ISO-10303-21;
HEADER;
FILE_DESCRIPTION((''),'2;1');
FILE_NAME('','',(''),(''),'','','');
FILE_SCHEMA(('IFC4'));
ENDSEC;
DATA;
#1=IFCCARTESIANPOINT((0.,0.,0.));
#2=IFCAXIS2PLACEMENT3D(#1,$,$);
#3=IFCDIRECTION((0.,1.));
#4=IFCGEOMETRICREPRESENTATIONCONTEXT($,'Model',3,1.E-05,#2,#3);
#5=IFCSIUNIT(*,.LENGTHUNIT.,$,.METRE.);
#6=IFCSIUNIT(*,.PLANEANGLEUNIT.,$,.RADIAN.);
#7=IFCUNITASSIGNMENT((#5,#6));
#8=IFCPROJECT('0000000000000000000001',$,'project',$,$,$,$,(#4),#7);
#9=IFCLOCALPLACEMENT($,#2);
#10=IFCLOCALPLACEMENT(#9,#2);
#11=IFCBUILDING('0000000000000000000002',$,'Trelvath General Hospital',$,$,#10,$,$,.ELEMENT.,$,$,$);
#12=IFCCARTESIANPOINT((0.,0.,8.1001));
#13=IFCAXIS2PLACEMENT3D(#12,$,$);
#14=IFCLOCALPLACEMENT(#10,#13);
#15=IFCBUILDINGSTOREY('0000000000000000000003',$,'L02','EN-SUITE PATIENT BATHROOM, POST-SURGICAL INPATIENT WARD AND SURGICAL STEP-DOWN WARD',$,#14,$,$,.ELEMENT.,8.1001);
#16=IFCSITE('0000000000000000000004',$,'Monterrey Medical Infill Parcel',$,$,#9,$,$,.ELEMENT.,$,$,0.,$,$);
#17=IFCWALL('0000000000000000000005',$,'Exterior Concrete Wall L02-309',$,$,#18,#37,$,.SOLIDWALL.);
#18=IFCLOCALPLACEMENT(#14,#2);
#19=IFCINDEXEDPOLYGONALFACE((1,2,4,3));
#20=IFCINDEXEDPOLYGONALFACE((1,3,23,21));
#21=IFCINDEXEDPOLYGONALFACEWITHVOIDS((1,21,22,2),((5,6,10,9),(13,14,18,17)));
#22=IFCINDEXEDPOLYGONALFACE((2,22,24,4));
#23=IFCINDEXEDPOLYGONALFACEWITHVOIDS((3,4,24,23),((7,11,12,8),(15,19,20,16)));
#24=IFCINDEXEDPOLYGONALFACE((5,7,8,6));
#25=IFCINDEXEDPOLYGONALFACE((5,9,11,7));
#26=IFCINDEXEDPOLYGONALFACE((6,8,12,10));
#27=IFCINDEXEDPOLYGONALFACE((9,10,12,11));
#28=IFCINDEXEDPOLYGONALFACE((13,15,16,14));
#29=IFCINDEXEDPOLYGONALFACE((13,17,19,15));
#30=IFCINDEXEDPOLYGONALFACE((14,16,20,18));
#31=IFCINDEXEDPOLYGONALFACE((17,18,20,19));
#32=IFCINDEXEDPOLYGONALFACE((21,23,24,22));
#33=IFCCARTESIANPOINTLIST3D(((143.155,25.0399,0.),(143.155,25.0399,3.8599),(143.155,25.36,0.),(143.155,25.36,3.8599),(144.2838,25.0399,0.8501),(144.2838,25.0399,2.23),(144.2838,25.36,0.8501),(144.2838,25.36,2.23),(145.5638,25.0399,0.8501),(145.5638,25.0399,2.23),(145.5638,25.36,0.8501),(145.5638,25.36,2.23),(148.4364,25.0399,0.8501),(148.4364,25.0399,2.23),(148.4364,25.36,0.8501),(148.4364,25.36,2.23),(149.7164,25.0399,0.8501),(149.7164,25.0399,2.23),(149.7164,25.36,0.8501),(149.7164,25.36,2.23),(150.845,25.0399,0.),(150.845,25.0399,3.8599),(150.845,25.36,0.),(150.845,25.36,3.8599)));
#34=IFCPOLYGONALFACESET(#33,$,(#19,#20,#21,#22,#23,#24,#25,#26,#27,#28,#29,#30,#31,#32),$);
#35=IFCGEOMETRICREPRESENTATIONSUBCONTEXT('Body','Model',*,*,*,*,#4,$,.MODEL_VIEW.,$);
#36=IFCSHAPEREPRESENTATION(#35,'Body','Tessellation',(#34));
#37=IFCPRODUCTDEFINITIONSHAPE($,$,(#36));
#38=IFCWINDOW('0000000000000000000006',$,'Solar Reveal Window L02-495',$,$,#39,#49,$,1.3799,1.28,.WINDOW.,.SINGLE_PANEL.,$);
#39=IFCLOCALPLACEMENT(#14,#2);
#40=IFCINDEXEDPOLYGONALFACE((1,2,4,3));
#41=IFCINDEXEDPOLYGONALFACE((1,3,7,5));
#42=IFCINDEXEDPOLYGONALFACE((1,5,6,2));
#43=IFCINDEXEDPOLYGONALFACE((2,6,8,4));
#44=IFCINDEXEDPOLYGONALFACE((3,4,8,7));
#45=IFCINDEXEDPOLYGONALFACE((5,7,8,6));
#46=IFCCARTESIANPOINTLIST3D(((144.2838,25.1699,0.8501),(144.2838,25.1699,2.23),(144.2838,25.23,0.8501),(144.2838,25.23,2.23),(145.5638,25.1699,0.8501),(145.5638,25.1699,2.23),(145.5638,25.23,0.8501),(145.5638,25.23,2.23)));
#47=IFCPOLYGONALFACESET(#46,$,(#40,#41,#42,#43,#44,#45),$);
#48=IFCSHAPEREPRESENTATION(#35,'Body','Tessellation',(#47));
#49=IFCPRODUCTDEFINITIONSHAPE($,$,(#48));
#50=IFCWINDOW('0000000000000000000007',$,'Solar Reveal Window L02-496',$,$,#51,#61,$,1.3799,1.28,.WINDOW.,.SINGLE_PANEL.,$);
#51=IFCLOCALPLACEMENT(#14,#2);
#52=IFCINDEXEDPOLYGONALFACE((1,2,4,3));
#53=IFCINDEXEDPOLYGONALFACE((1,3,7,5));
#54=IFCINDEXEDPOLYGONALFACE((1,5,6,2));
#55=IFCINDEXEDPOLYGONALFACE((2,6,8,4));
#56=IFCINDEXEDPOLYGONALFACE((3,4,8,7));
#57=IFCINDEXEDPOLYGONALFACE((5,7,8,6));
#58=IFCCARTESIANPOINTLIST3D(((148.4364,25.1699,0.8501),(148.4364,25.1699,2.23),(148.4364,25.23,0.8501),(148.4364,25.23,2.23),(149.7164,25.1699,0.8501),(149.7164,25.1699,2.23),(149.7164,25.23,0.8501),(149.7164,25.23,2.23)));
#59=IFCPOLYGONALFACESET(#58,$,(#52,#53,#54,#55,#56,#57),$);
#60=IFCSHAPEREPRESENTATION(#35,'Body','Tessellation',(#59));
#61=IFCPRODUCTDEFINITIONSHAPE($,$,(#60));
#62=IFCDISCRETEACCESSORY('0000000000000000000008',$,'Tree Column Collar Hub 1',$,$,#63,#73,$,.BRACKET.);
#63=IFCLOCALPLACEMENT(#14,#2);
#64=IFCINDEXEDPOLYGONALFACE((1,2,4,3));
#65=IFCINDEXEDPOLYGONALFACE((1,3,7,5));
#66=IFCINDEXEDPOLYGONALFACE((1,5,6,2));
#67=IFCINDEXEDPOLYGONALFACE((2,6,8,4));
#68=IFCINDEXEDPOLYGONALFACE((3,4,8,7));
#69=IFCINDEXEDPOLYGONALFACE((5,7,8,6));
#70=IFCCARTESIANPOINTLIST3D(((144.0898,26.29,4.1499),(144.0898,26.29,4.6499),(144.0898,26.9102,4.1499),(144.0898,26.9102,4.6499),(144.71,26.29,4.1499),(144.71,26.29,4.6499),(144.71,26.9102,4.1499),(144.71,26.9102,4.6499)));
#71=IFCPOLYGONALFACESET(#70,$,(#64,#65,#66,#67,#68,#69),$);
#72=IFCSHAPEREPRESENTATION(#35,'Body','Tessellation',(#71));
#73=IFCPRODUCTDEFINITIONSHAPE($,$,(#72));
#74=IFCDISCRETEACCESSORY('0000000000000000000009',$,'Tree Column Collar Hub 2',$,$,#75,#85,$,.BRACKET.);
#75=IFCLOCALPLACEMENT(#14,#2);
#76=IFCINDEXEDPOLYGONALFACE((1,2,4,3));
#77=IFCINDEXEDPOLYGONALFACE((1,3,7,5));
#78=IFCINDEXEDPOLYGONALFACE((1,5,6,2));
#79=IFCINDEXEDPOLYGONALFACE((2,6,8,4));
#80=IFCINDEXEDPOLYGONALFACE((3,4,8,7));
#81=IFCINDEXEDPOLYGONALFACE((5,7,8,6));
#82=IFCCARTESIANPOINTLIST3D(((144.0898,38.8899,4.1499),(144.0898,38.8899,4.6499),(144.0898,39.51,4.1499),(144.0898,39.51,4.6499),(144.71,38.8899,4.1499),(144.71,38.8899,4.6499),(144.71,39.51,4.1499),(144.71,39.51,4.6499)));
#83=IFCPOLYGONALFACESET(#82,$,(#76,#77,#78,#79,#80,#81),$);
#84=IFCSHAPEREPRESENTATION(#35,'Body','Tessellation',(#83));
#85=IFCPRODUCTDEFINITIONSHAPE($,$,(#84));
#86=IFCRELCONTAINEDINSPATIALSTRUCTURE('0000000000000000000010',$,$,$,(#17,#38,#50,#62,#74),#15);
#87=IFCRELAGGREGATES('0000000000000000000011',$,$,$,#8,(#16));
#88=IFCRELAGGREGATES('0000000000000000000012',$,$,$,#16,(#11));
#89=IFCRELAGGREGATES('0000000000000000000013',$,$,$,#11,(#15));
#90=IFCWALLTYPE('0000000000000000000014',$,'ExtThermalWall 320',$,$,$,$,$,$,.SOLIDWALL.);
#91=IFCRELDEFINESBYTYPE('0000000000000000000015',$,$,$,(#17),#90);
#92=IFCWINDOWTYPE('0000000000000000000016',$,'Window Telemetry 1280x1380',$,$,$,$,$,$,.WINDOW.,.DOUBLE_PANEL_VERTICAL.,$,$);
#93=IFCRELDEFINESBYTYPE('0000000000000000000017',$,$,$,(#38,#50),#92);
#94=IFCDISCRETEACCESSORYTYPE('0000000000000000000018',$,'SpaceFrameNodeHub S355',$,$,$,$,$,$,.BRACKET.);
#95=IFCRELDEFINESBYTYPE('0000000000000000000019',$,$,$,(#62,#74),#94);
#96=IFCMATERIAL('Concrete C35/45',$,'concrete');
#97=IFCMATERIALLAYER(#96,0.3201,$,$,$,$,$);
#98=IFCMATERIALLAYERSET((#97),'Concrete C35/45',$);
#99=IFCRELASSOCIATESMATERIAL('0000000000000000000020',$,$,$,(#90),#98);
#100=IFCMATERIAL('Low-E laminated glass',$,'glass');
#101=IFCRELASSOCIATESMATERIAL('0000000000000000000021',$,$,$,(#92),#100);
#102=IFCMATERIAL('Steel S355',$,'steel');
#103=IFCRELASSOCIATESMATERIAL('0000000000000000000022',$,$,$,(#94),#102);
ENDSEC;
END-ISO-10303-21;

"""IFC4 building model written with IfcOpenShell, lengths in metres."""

from ifc_helpers import new_model, si_unit, direction, frame, frame_2d, origin, origin_2d, place, context, subcontext, project, spatial, rectangle, extrude, material, layer, layer_set, type_object, element, fill, save


model = new_model("IFC4")

# Units and contexts
model_context = context("Model", 3, precision=1e-05, world=origin(), true_north=direction((0.0, 1.0)))
body_context = subcontext(model_context, "Body", "Model", "MODEL_VIEW")
ifc_project = project(units=[si_unit("LENGTHUNIT", "METRE"), si_unit("PLANEANGLEUNIT", "RADIAN")], contexts=[model_context])

# Site, building, storey
site_placement = place(None, origin())
site = spatial("IfcSite", under=ifc_project, at=site_placement, Name="Monterrey Medical Infill Parcel", CompositionType="ELEMENT", RefElevation=0.0)
building_placement = place(site_placement, origin())
building = spatial("IfcBuilding", under=site, at=building_placement, Name="Trelvath General Hospital", CompositionType="ELEMENT")
storey_placement = place(building_placement, frame((0.0, 0.0, 8.1001)))
storey = spatial("IfcBuildingStorey", under=building, at=storey_placement, Name="L02", Description="EN-SUITE PATIENT BATHROOM, POST-SURGICAL INPATIENT WARD AND SURGICAL STEP-DOWN WARD", CompositionType="ELEMENT", Elevation=8.1001)

# Wall, openings, windows
ifc_material_1 = material(Name="Concrete C35/45", Category="concrete")
ifc_layer_1 = layer(ifc_material_1, 0.3201)
ifc_layer_set_1 = layer_set([ifc_layer_1], Name="Concrete C35/45")
wall_type = type_object("IfcWallType", Name="ExtThermalWall 320", PredefinedType="SOLIDWALL", material=ifc_layer_set_1)
wall_placement = place(storey_placement, frame((143.155, 25.2, 0.0), z_axis=(0.0, 0.0, 1.0), x_axis=(1.0, 0.0, 0.0)))
wall = element("IfcWall", 1, at=wall_placement, inside=storey, type_object=wall_type, Name="Exterior Concrete Wall L02-309", PredefinedType="SOLIDWALL", context=body_context, shape_type="SweptSolid", body=[
    extrude(rectangle(XDim=7.6899, YDim=0.3201, at=frame_2d((3.845, 0.0))), origin(), (0.0, 0.0, 1.0), 3.8599),
])
opening_1_placement = place(wall_placement, frame((1.1287, 0.0, 0.8501)))
opening_1 = element("IfcOpeningElement", 2, at=opening_1_placement, cuts=wall, PredefinedType="OPENING", context=body_context, shape_type="SweptSolid", body=[
    extrude(rectangle(XDim=1.28, YDim=1.3799, at=frame_2d((0.6401, 0.6899))), frame((0.0, 0.1699, 0.0), z_axis=(0.0, -1.0, 0.0), x_axis=(1.0, 0.0, 0.0)), (0.0, 0.0, 1.0), 0.3401),
])
opening_2_placement = place(wall_placement, frame((5.2812, 0.0, 0.8501)))
opening_2 = element("IfcOpeningElement", 3, at=opening_2_placement, cuts=wall, PredefinedType="OPENING", context=body_context, shape_type="SweptSolid", body=[
    extrude(rectangle(XDim=1.28, YDim=1.3799, at=frame_2d((0.6401, 0.6899))), frame((0.0, 0.1699, 0.0), z_axis=(0.0, -1.0, 0.0), x_axis=(1.0, 0.0, 0.0)), (0.0, 0.0, 1.0), 0.3401),
])
ifc_material_2 = material(Name="Low-E laminated glass", Category="glass")
window_type = type_object("IfcWindowType", Name="Window Telemetry 1280x1380", PartitioningType="DOUBLE_PANEL_VERTICAL", PredefinedType="WINDOW", material=ifc_material_2)
window_1_placement = place(opening_1_placement, origin())
window_1 = element("IfcWindow", 4, at=window_1_placement, inside=storey, type_object=window_type, Name="Solar Reveal Window L02-495", OverallHeight=1.3799, OverallWidth=1.28, PartitioningType="SINGLE_PANEL", PredefinedType="WINDOW", context=body_context, shape_type="SweptSolid", body=[
    extrude(rectangle(XDim=1.28, YDim=1.3799, at=frame_2d((0.6401, 0.6899))), frame((0.0, 0.03, 0.0), z_axis=(0.0, -1.0, 0.0), x_axis=(1.0, 0.0, 0.0)), (0.0, 0.0, 1.0), 0.0601),
])
fill(opening_1, window_1)
window_2_placement = place(opening_2_placement, origin())
window_2 = element("IfcWindow", 5, at=window_2_placement, inside=storey, type_object=window_type, Name="Solar Reveal Window L02-496", OverallHeight=1.3799, OverallWidth=1.28, PartitioningType="SINGLE_PANEL", PredefinedType="WINDOW", context=body_context, shape_type="SweptSolid", body=[
    extrude(rectangle(XDim=1.28, YDim=1.3799, at=frame_2d((0.6401, 0.6899))), frame((0.0, 0.03, 0.0), z_axis=(0.0, -1.0, 0.0), x_axis=(1.0, 0.0, 0.0)), (0.0, 0.0, 1.0), 0.0601),
])
fill(opening_2, window_2)

# Discrete accessories
ifc_material_3 = material(Name="Steel S355", Category="steel")
discrete_accessory_type = type_object("IfcDiscreteAccessoryType", Name="SpaceFrameNodeHub S355", PredefinedType="BRACKET", material=ifc_material_3)
for number, where, z_axis, x_axis, name in (
    (6, (144.3999, 26.6001, 4.1499), (0.0, 0.0, 1.0), (1.0, 0.0, 0.0), "Tree Column Collar Hub 1"),
    (7, (144.3999, 39.2, 4.1499), (0.0, 0.0, 1.0), (1.0, 0.0, 0.0), "Tree Column Collar Hub 2"),
):
    element("IfcDiscreteAccessory", number, at=place(storey_placement, frame(where, z_axis=z_axis, x_axis=x_axis)), inside=storey, type_object=discrete_accessory_type, Name=name, PredefinedType="BRACKET", context=body_context, shape_type="SweptSolid", body=[
        extrude(rectangle(XDim=0.6201, YDim=0.6201, at=origin_2d()), origin(), (0.0, 0.0, 1.0), 0.5),
    ])

save(model, "model.ifc")
